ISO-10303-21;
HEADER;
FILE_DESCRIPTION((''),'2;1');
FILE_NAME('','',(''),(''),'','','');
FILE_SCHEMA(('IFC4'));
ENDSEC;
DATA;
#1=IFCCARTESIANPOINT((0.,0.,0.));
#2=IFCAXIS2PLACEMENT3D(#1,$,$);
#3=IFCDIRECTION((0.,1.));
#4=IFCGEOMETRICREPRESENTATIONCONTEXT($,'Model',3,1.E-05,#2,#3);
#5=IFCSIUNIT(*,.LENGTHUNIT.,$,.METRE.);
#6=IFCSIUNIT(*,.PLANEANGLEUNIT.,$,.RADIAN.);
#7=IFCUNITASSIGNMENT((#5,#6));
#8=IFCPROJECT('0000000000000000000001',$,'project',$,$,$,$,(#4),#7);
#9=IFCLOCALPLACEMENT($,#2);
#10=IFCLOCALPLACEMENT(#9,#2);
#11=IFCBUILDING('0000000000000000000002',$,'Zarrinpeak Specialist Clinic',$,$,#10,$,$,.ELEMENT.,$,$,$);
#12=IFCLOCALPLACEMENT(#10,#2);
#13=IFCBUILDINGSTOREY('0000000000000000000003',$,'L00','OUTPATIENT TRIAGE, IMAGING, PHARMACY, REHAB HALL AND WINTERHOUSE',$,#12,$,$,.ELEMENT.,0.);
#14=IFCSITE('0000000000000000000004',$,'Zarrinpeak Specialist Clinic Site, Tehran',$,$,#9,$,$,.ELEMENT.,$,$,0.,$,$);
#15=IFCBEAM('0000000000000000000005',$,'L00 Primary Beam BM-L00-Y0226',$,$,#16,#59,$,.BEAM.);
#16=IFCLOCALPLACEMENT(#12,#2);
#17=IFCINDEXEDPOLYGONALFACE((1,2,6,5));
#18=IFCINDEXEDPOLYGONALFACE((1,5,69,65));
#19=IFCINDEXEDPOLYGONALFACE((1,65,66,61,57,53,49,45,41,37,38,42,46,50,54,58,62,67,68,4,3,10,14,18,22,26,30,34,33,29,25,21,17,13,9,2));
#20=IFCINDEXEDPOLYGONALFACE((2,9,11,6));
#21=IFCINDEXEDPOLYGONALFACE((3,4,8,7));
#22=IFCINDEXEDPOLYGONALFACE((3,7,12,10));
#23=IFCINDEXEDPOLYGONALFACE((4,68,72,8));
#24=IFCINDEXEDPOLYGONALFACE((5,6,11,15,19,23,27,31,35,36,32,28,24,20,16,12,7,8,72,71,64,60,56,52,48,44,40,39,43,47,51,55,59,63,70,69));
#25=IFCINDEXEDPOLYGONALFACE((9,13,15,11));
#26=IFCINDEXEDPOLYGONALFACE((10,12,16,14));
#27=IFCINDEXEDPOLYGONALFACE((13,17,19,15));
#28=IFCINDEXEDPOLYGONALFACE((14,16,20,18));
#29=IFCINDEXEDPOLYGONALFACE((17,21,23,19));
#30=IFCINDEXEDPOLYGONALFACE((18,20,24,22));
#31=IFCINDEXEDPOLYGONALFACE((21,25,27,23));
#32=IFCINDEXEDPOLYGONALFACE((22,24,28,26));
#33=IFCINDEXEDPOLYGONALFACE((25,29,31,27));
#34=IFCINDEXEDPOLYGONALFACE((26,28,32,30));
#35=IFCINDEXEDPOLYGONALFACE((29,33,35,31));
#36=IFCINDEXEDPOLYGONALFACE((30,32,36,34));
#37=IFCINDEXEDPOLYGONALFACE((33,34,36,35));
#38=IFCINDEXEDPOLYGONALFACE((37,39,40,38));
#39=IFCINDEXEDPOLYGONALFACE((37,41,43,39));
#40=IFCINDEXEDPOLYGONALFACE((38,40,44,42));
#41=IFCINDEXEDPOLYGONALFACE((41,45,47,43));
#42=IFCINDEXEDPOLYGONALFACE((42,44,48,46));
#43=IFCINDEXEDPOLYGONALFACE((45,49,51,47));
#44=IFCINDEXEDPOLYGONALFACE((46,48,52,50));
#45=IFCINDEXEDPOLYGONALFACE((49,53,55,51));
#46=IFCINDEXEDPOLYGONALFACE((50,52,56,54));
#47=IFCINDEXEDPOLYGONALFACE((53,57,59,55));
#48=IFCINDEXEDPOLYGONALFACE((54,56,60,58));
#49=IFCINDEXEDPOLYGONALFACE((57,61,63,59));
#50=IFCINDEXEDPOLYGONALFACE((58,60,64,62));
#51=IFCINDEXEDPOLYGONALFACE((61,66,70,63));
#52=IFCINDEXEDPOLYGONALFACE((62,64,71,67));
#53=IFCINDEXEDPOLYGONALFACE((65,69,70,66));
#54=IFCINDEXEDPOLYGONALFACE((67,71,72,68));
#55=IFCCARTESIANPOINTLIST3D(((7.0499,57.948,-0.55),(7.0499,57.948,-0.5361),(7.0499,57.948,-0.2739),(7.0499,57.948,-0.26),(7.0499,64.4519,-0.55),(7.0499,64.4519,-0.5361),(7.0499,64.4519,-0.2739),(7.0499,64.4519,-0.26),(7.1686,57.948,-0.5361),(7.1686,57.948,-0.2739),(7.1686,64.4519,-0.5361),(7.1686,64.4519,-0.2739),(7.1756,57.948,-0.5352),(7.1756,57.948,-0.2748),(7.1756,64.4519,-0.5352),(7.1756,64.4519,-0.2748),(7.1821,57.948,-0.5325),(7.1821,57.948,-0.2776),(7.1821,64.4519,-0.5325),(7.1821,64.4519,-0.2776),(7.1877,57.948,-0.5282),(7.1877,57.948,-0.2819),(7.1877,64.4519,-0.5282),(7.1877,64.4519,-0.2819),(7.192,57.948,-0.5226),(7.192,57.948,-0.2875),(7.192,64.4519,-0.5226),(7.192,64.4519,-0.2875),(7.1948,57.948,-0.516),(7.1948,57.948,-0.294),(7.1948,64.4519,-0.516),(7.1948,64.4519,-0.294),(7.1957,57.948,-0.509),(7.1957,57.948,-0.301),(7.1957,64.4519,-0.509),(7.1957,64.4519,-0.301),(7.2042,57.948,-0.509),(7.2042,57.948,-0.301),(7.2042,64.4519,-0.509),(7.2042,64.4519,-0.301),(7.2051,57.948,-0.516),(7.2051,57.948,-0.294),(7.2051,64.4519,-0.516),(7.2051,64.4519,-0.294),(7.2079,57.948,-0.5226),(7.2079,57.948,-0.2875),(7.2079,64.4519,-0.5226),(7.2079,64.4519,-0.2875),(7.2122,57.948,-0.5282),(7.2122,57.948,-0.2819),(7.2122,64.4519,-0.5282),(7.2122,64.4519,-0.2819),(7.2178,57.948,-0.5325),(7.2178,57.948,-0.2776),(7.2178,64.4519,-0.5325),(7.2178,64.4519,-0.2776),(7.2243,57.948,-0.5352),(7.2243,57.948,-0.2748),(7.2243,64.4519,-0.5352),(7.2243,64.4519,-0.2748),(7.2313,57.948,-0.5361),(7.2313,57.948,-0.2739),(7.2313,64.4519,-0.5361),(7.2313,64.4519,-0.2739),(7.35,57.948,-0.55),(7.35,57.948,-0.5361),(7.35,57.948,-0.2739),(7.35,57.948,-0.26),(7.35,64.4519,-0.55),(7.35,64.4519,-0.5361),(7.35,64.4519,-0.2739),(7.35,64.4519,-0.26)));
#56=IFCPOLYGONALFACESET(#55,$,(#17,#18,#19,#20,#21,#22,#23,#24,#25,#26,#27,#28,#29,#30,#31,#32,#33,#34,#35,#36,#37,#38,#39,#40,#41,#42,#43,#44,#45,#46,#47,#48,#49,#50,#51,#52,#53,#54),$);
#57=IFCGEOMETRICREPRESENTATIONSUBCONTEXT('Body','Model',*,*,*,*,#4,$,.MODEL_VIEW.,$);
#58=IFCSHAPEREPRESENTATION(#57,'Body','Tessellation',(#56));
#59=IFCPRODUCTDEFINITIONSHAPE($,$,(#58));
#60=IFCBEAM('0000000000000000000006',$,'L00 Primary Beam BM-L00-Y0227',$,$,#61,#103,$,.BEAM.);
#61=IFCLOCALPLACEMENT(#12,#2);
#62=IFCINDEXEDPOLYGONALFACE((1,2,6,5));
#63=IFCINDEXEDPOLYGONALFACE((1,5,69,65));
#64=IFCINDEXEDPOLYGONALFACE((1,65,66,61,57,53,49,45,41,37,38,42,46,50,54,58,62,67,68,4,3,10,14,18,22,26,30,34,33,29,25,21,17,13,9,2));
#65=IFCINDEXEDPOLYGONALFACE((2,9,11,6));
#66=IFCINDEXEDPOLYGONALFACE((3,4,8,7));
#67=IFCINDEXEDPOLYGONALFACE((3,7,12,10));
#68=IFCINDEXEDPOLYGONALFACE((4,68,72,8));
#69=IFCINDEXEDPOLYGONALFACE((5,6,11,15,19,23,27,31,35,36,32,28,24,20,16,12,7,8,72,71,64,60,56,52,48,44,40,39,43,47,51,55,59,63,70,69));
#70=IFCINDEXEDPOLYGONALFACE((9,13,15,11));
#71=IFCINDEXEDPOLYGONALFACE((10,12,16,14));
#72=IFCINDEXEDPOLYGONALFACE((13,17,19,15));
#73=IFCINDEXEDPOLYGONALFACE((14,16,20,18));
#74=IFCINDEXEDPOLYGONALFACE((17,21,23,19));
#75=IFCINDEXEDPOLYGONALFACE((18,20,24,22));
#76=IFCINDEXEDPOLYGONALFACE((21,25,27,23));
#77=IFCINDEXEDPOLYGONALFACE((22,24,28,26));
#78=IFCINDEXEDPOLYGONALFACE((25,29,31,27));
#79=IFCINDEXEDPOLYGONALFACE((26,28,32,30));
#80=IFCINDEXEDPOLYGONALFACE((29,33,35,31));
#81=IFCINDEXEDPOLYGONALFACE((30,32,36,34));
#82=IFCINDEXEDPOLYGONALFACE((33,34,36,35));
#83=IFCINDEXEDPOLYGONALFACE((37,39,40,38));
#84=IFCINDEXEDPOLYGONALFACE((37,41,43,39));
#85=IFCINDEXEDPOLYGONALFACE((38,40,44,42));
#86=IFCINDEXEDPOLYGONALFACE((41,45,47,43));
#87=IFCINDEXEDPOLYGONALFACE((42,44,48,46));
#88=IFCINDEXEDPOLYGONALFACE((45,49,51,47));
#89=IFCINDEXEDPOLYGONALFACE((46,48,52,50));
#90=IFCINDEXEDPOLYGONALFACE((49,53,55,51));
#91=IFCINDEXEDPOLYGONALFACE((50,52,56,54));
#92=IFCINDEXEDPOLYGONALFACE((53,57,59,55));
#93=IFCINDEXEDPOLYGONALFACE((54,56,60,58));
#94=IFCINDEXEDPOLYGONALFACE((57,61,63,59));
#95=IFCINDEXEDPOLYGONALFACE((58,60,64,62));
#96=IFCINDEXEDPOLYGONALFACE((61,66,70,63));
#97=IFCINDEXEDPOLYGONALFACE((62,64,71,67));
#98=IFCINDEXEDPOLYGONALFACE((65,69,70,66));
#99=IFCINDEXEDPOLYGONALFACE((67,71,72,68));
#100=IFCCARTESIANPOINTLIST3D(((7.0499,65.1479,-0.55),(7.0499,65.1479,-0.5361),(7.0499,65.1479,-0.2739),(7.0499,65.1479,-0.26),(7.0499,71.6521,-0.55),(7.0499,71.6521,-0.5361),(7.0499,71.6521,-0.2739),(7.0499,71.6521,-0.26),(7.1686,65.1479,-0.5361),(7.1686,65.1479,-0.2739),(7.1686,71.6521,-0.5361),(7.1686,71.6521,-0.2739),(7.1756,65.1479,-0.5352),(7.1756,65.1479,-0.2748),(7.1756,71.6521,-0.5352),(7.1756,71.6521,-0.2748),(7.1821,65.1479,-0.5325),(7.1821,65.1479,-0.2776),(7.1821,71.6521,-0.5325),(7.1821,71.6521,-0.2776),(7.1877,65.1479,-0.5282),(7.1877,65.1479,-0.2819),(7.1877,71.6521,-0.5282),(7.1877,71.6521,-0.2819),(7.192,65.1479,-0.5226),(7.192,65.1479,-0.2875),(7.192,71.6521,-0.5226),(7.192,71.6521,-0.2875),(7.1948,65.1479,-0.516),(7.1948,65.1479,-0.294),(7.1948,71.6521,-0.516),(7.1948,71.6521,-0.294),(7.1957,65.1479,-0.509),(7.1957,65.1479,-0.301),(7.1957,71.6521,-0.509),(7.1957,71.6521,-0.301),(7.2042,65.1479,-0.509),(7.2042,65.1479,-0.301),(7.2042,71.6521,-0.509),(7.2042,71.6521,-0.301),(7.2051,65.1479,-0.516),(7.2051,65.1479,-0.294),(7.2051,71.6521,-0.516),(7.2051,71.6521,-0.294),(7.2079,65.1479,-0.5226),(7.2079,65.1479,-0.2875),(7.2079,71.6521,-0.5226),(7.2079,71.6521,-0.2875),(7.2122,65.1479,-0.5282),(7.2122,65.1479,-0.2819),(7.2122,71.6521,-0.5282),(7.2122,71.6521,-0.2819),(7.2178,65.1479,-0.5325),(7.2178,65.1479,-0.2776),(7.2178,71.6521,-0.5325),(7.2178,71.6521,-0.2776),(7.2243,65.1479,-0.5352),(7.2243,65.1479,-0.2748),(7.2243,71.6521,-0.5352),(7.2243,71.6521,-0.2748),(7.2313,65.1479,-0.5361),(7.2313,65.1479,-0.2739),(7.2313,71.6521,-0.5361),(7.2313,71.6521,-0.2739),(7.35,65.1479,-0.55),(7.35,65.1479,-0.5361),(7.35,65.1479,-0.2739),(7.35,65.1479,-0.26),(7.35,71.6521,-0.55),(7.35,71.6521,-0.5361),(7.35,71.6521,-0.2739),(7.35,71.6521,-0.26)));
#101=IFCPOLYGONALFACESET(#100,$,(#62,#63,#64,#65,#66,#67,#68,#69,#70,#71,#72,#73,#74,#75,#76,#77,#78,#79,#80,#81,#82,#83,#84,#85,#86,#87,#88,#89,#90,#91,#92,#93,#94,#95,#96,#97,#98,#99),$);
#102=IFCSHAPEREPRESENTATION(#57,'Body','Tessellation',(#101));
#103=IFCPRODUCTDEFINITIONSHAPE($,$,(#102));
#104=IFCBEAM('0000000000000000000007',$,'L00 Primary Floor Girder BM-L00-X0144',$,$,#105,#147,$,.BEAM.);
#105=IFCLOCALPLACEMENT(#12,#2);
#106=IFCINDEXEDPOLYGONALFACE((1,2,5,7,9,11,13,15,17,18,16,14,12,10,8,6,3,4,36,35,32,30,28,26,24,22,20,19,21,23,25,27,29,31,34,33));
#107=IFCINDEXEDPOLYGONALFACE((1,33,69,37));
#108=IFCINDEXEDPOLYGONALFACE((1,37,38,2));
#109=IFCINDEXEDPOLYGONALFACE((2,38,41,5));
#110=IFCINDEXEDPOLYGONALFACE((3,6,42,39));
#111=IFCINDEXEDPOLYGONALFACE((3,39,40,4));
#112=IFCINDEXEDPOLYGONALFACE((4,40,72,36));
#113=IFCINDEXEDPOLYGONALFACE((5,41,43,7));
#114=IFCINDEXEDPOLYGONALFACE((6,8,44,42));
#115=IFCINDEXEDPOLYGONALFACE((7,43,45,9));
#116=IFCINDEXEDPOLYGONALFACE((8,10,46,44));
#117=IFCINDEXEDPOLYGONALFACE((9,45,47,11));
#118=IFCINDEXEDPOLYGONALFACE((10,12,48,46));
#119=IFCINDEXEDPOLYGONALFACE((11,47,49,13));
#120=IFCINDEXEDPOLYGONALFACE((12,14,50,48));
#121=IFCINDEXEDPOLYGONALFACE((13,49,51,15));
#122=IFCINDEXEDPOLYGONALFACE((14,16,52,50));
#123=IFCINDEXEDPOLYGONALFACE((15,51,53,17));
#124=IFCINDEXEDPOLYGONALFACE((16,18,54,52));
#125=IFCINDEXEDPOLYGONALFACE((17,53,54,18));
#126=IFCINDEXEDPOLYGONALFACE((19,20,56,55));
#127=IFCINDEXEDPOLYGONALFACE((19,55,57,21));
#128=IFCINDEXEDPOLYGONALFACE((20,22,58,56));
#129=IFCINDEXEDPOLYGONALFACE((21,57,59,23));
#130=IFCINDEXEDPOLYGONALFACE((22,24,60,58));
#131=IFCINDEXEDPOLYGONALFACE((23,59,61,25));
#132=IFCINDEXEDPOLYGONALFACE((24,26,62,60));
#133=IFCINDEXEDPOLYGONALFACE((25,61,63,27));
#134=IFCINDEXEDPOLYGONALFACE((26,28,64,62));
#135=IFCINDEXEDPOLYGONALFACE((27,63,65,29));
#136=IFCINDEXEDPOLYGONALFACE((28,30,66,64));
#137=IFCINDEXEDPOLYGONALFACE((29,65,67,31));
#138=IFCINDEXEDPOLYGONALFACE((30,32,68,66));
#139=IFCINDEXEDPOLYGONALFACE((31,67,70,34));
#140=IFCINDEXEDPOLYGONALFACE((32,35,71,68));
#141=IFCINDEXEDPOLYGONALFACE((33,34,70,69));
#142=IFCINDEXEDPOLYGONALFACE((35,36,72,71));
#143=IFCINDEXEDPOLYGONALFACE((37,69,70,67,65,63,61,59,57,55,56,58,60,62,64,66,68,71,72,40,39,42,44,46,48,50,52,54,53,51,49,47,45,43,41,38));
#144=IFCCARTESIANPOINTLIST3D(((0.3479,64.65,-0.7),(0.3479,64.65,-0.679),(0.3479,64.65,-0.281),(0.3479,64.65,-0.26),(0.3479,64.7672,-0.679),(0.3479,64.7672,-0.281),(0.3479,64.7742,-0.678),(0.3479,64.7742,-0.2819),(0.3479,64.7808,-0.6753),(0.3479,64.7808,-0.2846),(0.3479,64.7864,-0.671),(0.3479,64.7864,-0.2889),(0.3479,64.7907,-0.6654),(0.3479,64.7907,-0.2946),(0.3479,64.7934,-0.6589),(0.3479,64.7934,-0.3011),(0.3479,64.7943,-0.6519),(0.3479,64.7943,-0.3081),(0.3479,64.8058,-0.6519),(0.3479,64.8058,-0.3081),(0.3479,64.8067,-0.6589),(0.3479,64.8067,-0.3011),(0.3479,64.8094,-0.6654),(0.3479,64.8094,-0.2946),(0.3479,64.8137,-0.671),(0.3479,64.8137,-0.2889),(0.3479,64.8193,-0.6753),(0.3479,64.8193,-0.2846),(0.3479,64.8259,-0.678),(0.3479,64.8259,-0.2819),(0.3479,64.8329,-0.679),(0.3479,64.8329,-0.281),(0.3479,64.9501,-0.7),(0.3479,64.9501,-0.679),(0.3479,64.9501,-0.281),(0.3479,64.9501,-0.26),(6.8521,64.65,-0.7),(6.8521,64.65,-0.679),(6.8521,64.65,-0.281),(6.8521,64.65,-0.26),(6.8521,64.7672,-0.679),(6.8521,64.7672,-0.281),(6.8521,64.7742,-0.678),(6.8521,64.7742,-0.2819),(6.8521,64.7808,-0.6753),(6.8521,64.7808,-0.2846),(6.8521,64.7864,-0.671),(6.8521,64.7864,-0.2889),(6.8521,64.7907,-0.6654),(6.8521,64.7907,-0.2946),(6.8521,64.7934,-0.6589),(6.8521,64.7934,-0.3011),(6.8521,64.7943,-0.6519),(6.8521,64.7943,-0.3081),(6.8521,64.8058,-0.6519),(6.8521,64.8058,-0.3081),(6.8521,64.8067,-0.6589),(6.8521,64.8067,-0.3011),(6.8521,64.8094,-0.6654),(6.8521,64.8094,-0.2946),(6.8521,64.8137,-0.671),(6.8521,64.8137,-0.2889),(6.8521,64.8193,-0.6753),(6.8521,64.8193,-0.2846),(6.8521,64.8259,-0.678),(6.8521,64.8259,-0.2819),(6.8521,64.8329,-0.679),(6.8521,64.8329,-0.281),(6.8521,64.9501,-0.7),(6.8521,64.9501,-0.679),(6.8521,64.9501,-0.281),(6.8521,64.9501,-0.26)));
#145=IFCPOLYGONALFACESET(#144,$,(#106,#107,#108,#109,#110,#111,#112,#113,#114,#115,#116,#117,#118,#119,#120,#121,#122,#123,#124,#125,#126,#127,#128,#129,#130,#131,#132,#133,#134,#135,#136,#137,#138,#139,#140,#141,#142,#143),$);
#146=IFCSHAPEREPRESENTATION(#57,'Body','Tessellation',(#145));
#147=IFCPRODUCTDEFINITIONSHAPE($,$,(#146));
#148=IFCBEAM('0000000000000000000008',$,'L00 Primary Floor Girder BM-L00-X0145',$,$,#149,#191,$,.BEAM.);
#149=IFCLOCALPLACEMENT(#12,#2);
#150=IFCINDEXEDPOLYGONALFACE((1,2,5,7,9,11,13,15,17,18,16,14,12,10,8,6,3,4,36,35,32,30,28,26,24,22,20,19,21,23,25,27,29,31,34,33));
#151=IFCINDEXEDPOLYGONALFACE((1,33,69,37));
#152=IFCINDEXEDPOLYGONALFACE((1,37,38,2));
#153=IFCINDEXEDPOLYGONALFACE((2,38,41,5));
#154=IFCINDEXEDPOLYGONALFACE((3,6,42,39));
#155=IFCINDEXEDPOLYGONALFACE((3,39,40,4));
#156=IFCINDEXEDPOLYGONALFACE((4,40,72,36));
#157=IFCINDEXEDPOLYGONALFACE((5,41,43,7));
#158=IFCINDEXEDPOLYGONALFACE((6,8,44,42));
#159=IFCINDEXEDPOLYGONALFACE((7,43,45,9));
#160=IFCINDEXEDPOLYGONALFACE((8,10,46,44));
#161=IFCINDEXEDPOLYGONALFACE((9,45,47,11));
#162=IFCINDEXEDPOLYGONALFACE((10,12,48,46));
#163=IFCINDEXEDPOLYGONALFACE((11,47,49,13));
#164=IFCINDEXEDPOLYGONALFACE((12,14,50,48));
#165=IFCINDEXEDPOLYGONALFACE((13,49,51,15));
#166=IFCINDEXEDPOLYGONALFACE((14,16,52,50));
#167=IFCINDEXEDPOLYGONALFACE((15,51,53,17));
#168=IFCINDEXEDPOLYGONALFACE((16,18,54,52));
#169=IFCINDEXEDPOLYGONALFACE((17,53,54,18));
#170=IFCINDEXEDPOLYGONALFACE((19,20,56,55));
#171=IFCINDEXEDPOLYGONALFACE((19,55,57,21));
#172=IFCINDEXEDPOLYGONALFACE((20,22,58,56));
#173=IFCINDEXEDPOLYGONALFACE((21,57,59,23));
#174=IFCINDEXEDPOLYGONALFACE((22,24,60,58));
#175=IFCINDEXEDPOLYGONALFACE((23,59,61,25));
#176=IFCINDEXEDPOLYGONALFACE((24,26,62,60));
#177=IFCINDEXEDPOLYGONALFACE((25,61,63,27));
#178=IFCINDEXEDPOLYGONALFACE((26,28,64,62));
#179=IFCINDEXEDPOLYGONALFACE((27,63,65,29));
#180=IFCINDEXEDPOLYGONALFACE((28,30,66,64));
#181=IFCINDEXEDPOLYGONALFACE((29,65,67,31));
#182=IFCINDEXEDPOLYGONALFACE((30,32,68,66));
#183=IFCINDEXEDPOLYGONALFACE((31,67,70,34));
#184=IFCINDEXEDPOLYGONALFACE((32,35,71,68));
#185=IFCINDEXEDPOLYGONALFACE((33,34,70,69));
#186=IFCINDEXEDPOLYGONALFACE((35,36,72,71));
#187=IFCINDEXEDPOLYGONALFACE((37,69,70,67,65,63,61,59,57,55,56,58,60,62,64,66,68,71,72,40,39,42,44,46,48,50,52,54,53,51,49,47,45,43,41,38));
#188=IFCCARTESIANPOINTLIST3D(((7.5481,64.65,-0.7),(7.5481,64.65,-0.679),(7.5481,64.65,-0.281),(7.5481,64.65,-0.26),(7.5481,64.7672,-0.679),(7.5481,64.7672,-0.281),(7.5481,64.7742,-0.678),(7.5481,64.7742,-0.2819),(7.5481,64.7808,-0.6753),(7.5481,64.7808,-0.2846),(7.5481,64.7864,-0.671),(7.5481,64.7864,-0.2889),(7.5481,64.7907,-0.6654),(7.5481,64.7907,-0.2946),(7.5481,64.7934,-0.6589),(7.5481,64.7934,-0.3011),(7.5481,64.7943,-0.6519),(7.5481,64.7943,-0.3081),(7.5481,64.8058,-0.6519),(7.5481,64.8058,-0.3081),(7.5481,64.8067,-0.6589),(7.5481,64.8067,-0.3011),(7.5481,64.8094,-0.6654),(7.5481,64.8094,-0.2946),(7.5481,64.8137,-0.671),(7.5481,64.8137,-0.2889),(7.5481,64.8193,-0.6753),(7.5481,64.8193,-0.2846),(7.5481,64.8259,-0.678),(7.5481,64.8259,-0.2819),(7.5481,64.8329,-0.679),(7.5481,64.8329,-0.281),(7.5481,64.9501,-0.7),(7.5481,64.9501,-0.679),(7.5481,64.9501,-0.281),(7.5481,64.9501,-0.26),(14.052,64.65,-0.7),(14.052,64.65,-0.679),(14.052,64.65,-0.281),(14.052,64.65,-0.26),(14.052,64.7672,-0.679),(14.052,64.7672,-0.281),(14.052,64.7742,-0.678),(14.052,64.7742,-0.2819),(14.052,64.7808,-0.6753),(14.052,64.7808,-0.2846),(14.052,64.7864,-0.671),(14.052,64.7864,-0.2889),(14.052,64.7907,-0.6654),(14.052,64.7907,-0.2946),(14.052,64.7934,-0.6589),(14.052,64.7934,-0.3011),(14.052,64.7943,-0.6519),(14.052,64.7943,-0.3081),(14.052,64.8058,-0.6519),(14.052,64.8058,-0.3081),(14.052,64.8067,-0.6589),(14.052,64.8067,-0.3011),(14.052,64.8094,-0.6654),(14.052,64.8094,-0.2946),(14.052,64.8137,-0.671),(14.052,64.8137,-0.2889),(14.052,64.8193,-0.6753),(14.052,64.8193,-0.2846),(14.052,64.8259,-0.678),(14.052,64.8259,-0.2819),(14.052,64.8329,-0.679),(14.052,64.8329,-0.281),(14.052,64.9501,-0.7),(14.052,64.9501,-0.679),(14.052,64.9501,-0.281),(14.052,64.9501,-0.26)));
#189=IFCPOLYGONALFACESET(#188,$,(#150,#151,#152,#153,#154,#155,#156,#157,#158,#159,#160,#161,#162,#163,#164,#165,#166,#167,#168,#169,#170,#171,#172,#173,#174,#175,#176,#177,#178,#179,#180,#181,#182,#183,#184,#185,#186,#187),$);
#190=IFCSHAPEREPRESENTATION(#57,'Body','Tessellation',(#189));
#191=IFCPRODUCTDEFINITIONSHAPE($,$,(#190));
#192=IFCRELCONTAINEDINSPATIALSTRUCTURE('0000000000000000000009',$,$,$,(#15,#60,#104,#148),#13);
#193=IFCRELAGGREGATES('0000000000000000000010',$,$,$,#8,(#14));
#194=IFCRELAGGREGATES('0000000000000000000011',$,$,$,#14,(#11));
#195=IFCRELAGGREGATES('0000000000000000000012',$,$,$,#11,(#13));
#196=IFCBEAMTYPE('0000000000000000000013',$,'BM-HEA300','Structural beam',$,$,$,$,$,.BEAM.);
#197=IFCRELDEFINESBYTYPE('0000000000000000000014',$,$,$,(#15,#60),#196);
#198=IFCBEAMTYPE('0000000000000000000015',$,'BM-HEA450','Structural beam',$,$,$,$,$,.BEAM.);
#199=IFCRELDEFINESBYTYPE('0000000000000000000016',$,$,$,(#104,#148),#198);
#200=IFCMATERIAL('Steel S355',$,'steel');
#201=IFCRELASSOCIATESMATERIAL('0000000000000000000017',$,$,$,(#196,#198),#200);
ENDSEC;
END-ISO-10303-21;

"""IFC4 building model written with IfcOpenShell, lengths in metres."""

from ifc_helpers import new_model, si_unit, direction, frame, origin, origin_2d, place, context, subcontext, project, spatial, i_section, extrude, material, material_profile, profile_set, type_object, element, save


model = new_model("IFC4")

# Units and contexts
model_context = context("Model", 3, precision=1e-05, world=origin(), true_north=direction((0.0, 1.0)))
body_context = subcontext(model_context, "Body", "Model", "MODEL_VIEW")
ifc_project = project(units=[si_unit("LENGTHUNIT", "METRE"), si_unit("PLANEANGLEUNIT", "RADIAN")], contexts=[model_context])

# Site, building, storey
site_placement = place(None, origin())
site = spatial("IfcSite", under=ifc_project, at=site_placement, Name="Zarrinpeak Specialist Clinic Site, Tehran", CompositionType="ELEMENT", RefElevation=0.0)
building_placement = place(site_placement, origin())
building = spatial("IfcBuilding", under=site, at=building_placement, Name="Zarrinpeak Specialist Clinic", CompositionType="ELEMENT")
storey_placement = place(building_placement, origin())
storey = spatial("IfcBuildingStorey", under=building, at=storey_placement, Name="L00", Description="OUTPATIENT TRIAGE, IMAGING, PHARMACY, REHAB HALL AND WINTERHOUSE", CompositionType="ELEMENT", Elevation=0.0)

# Shared definitions
ifc_material_1 = material(Name="Steel S355", Category="steel")

# Beams
ifc_material_profile_1 = material_profile(ifc_material_1, i_section(OverallWidth=0.3, OverallDepth=0.29, WebThickness=0.0085, FlangeThickness=0.0139, FilletRadius=0.0271, at=origin_2d()), Name="HEA 300")
ifc_profile_set_1 = profile_set([ifc_material_profile_1], Name="Steel S355")
beam_type_1 = type_object("IfcBeamType", Name="BM-HEA300", Description="Structural beam", PredefinedType="BEAM", material=ifc_profile_set_1)
beam_1_placement = place(storey_placement, frame((7.2, 57.948, -0.405), z_axis=(0.0, 1.0, 0.0), x_axis=(-1.0, 0.0, 0.0)))
element("IfcBeam", 1, at=beam_1_placement, inside=storey, type_object=beam_type_1, Name="L00 Primary Beam BM-L00-Y0226", PredefinedType="BEAM", context=body_context, shape_type="SweptSolid", body=[
    extrude(i_section(OverallWidth=0.3, OverallDepth=0.29, WebThickness=0.0085, FlangeThickness=0.0139, FilletRadius=0.0271, at=origin_2d()), origin(), (0.0, 0.0, 1.0), 6.5039),
])
beam_2_placement = place(storey_placement, frame((7.2, 65.1479, -0.405), z_axis=(0.0, 1.0, 0.0), x_axis=(-1.0, 0.0, 0.0)))
element("IfcBeam", 2, at=beam_2_placement, inside=storey, type_object=beam_type_1, Name="L00 Primary Beam BM-L00-Y0227", PredefinedType="BEAM", context=body_context, shape_type="SweptSolid", body=[
    extrude(i_section(OverallWidth=0.3, OverallDepth=0.29, WebThickness=0.0085, FlangeThickness=0.0139, FilletRadius=0.0271, at=origin_2d()), origin(), (0.0, 0.0, 1.0), 6.5042),
])
ifc_material_profile_2 = material_profile(ifc_material_1, i_section(OverallWidth=0.3, OverallDepth=0.4399, WebThickness=0.0115, FlangeThickness=0.021, FilletRadius=0.0271, at=origin_2d()), Name="HEA 450")
ifc_profile_set_2 = profile_set([ifc_material_profile_2], Name="Steel S355")
beam_type_2 = type_object("IfcBeamType", Name="BM-HEA450", Description="Structural beam", PredefinedType="BEAM", material=ifc_profile_set_2)
beam_3_placement = place(storey_placement, frame((0.3479, 64.8, -0.48), z_axis=(1.0, 0.0, 0.0), x_axis=(0.0, 1.0, 0.0)))
element("IfcBeam", 3, at=beam_3_placement, inside=storey, type_object=beam_type_2, Name="L00 Primary Floor Girder BM-L00-X0144", PredefinedType="BEAM", context=body_context, shape_type="SweptSolid", body=[
    extrude(i_section(OverallWidth=0.3, OverallDepth=0.4399, WebThickness=0.0115, FlangeThickness=0.021, FilletRadius=0.0271, at=origin_2d()), origin(), (0.0, 0.0, 1.0), 6.5042),
])
beam_4_placement = place(storey_placement, frame((7.5481, 64.8, -0.48), z_axis=(1.0, 0.0, 0.0), x_axis=(0.0, 1.0, 0.0)))
element("IfcBeam", 4, at=beam_4_placement, inside=storey, type_object=beam_type_2, Name="L00 Primary Floor Girder BM-L00-X0145", PredefinedType="BEAM", context=body_context, shape_type="SweptSolid", body=[
    extrude(i_section(OverallWidth=0.3, OverallDepth=0.4399, WebThickness=0.0115, FlangeThickness=0.021, FilletRadius=0.0271, at=origin_2d()), origin(), (0.0, 0.0, 1.0), 6.5039),
])

save(model, "model.ifc")
